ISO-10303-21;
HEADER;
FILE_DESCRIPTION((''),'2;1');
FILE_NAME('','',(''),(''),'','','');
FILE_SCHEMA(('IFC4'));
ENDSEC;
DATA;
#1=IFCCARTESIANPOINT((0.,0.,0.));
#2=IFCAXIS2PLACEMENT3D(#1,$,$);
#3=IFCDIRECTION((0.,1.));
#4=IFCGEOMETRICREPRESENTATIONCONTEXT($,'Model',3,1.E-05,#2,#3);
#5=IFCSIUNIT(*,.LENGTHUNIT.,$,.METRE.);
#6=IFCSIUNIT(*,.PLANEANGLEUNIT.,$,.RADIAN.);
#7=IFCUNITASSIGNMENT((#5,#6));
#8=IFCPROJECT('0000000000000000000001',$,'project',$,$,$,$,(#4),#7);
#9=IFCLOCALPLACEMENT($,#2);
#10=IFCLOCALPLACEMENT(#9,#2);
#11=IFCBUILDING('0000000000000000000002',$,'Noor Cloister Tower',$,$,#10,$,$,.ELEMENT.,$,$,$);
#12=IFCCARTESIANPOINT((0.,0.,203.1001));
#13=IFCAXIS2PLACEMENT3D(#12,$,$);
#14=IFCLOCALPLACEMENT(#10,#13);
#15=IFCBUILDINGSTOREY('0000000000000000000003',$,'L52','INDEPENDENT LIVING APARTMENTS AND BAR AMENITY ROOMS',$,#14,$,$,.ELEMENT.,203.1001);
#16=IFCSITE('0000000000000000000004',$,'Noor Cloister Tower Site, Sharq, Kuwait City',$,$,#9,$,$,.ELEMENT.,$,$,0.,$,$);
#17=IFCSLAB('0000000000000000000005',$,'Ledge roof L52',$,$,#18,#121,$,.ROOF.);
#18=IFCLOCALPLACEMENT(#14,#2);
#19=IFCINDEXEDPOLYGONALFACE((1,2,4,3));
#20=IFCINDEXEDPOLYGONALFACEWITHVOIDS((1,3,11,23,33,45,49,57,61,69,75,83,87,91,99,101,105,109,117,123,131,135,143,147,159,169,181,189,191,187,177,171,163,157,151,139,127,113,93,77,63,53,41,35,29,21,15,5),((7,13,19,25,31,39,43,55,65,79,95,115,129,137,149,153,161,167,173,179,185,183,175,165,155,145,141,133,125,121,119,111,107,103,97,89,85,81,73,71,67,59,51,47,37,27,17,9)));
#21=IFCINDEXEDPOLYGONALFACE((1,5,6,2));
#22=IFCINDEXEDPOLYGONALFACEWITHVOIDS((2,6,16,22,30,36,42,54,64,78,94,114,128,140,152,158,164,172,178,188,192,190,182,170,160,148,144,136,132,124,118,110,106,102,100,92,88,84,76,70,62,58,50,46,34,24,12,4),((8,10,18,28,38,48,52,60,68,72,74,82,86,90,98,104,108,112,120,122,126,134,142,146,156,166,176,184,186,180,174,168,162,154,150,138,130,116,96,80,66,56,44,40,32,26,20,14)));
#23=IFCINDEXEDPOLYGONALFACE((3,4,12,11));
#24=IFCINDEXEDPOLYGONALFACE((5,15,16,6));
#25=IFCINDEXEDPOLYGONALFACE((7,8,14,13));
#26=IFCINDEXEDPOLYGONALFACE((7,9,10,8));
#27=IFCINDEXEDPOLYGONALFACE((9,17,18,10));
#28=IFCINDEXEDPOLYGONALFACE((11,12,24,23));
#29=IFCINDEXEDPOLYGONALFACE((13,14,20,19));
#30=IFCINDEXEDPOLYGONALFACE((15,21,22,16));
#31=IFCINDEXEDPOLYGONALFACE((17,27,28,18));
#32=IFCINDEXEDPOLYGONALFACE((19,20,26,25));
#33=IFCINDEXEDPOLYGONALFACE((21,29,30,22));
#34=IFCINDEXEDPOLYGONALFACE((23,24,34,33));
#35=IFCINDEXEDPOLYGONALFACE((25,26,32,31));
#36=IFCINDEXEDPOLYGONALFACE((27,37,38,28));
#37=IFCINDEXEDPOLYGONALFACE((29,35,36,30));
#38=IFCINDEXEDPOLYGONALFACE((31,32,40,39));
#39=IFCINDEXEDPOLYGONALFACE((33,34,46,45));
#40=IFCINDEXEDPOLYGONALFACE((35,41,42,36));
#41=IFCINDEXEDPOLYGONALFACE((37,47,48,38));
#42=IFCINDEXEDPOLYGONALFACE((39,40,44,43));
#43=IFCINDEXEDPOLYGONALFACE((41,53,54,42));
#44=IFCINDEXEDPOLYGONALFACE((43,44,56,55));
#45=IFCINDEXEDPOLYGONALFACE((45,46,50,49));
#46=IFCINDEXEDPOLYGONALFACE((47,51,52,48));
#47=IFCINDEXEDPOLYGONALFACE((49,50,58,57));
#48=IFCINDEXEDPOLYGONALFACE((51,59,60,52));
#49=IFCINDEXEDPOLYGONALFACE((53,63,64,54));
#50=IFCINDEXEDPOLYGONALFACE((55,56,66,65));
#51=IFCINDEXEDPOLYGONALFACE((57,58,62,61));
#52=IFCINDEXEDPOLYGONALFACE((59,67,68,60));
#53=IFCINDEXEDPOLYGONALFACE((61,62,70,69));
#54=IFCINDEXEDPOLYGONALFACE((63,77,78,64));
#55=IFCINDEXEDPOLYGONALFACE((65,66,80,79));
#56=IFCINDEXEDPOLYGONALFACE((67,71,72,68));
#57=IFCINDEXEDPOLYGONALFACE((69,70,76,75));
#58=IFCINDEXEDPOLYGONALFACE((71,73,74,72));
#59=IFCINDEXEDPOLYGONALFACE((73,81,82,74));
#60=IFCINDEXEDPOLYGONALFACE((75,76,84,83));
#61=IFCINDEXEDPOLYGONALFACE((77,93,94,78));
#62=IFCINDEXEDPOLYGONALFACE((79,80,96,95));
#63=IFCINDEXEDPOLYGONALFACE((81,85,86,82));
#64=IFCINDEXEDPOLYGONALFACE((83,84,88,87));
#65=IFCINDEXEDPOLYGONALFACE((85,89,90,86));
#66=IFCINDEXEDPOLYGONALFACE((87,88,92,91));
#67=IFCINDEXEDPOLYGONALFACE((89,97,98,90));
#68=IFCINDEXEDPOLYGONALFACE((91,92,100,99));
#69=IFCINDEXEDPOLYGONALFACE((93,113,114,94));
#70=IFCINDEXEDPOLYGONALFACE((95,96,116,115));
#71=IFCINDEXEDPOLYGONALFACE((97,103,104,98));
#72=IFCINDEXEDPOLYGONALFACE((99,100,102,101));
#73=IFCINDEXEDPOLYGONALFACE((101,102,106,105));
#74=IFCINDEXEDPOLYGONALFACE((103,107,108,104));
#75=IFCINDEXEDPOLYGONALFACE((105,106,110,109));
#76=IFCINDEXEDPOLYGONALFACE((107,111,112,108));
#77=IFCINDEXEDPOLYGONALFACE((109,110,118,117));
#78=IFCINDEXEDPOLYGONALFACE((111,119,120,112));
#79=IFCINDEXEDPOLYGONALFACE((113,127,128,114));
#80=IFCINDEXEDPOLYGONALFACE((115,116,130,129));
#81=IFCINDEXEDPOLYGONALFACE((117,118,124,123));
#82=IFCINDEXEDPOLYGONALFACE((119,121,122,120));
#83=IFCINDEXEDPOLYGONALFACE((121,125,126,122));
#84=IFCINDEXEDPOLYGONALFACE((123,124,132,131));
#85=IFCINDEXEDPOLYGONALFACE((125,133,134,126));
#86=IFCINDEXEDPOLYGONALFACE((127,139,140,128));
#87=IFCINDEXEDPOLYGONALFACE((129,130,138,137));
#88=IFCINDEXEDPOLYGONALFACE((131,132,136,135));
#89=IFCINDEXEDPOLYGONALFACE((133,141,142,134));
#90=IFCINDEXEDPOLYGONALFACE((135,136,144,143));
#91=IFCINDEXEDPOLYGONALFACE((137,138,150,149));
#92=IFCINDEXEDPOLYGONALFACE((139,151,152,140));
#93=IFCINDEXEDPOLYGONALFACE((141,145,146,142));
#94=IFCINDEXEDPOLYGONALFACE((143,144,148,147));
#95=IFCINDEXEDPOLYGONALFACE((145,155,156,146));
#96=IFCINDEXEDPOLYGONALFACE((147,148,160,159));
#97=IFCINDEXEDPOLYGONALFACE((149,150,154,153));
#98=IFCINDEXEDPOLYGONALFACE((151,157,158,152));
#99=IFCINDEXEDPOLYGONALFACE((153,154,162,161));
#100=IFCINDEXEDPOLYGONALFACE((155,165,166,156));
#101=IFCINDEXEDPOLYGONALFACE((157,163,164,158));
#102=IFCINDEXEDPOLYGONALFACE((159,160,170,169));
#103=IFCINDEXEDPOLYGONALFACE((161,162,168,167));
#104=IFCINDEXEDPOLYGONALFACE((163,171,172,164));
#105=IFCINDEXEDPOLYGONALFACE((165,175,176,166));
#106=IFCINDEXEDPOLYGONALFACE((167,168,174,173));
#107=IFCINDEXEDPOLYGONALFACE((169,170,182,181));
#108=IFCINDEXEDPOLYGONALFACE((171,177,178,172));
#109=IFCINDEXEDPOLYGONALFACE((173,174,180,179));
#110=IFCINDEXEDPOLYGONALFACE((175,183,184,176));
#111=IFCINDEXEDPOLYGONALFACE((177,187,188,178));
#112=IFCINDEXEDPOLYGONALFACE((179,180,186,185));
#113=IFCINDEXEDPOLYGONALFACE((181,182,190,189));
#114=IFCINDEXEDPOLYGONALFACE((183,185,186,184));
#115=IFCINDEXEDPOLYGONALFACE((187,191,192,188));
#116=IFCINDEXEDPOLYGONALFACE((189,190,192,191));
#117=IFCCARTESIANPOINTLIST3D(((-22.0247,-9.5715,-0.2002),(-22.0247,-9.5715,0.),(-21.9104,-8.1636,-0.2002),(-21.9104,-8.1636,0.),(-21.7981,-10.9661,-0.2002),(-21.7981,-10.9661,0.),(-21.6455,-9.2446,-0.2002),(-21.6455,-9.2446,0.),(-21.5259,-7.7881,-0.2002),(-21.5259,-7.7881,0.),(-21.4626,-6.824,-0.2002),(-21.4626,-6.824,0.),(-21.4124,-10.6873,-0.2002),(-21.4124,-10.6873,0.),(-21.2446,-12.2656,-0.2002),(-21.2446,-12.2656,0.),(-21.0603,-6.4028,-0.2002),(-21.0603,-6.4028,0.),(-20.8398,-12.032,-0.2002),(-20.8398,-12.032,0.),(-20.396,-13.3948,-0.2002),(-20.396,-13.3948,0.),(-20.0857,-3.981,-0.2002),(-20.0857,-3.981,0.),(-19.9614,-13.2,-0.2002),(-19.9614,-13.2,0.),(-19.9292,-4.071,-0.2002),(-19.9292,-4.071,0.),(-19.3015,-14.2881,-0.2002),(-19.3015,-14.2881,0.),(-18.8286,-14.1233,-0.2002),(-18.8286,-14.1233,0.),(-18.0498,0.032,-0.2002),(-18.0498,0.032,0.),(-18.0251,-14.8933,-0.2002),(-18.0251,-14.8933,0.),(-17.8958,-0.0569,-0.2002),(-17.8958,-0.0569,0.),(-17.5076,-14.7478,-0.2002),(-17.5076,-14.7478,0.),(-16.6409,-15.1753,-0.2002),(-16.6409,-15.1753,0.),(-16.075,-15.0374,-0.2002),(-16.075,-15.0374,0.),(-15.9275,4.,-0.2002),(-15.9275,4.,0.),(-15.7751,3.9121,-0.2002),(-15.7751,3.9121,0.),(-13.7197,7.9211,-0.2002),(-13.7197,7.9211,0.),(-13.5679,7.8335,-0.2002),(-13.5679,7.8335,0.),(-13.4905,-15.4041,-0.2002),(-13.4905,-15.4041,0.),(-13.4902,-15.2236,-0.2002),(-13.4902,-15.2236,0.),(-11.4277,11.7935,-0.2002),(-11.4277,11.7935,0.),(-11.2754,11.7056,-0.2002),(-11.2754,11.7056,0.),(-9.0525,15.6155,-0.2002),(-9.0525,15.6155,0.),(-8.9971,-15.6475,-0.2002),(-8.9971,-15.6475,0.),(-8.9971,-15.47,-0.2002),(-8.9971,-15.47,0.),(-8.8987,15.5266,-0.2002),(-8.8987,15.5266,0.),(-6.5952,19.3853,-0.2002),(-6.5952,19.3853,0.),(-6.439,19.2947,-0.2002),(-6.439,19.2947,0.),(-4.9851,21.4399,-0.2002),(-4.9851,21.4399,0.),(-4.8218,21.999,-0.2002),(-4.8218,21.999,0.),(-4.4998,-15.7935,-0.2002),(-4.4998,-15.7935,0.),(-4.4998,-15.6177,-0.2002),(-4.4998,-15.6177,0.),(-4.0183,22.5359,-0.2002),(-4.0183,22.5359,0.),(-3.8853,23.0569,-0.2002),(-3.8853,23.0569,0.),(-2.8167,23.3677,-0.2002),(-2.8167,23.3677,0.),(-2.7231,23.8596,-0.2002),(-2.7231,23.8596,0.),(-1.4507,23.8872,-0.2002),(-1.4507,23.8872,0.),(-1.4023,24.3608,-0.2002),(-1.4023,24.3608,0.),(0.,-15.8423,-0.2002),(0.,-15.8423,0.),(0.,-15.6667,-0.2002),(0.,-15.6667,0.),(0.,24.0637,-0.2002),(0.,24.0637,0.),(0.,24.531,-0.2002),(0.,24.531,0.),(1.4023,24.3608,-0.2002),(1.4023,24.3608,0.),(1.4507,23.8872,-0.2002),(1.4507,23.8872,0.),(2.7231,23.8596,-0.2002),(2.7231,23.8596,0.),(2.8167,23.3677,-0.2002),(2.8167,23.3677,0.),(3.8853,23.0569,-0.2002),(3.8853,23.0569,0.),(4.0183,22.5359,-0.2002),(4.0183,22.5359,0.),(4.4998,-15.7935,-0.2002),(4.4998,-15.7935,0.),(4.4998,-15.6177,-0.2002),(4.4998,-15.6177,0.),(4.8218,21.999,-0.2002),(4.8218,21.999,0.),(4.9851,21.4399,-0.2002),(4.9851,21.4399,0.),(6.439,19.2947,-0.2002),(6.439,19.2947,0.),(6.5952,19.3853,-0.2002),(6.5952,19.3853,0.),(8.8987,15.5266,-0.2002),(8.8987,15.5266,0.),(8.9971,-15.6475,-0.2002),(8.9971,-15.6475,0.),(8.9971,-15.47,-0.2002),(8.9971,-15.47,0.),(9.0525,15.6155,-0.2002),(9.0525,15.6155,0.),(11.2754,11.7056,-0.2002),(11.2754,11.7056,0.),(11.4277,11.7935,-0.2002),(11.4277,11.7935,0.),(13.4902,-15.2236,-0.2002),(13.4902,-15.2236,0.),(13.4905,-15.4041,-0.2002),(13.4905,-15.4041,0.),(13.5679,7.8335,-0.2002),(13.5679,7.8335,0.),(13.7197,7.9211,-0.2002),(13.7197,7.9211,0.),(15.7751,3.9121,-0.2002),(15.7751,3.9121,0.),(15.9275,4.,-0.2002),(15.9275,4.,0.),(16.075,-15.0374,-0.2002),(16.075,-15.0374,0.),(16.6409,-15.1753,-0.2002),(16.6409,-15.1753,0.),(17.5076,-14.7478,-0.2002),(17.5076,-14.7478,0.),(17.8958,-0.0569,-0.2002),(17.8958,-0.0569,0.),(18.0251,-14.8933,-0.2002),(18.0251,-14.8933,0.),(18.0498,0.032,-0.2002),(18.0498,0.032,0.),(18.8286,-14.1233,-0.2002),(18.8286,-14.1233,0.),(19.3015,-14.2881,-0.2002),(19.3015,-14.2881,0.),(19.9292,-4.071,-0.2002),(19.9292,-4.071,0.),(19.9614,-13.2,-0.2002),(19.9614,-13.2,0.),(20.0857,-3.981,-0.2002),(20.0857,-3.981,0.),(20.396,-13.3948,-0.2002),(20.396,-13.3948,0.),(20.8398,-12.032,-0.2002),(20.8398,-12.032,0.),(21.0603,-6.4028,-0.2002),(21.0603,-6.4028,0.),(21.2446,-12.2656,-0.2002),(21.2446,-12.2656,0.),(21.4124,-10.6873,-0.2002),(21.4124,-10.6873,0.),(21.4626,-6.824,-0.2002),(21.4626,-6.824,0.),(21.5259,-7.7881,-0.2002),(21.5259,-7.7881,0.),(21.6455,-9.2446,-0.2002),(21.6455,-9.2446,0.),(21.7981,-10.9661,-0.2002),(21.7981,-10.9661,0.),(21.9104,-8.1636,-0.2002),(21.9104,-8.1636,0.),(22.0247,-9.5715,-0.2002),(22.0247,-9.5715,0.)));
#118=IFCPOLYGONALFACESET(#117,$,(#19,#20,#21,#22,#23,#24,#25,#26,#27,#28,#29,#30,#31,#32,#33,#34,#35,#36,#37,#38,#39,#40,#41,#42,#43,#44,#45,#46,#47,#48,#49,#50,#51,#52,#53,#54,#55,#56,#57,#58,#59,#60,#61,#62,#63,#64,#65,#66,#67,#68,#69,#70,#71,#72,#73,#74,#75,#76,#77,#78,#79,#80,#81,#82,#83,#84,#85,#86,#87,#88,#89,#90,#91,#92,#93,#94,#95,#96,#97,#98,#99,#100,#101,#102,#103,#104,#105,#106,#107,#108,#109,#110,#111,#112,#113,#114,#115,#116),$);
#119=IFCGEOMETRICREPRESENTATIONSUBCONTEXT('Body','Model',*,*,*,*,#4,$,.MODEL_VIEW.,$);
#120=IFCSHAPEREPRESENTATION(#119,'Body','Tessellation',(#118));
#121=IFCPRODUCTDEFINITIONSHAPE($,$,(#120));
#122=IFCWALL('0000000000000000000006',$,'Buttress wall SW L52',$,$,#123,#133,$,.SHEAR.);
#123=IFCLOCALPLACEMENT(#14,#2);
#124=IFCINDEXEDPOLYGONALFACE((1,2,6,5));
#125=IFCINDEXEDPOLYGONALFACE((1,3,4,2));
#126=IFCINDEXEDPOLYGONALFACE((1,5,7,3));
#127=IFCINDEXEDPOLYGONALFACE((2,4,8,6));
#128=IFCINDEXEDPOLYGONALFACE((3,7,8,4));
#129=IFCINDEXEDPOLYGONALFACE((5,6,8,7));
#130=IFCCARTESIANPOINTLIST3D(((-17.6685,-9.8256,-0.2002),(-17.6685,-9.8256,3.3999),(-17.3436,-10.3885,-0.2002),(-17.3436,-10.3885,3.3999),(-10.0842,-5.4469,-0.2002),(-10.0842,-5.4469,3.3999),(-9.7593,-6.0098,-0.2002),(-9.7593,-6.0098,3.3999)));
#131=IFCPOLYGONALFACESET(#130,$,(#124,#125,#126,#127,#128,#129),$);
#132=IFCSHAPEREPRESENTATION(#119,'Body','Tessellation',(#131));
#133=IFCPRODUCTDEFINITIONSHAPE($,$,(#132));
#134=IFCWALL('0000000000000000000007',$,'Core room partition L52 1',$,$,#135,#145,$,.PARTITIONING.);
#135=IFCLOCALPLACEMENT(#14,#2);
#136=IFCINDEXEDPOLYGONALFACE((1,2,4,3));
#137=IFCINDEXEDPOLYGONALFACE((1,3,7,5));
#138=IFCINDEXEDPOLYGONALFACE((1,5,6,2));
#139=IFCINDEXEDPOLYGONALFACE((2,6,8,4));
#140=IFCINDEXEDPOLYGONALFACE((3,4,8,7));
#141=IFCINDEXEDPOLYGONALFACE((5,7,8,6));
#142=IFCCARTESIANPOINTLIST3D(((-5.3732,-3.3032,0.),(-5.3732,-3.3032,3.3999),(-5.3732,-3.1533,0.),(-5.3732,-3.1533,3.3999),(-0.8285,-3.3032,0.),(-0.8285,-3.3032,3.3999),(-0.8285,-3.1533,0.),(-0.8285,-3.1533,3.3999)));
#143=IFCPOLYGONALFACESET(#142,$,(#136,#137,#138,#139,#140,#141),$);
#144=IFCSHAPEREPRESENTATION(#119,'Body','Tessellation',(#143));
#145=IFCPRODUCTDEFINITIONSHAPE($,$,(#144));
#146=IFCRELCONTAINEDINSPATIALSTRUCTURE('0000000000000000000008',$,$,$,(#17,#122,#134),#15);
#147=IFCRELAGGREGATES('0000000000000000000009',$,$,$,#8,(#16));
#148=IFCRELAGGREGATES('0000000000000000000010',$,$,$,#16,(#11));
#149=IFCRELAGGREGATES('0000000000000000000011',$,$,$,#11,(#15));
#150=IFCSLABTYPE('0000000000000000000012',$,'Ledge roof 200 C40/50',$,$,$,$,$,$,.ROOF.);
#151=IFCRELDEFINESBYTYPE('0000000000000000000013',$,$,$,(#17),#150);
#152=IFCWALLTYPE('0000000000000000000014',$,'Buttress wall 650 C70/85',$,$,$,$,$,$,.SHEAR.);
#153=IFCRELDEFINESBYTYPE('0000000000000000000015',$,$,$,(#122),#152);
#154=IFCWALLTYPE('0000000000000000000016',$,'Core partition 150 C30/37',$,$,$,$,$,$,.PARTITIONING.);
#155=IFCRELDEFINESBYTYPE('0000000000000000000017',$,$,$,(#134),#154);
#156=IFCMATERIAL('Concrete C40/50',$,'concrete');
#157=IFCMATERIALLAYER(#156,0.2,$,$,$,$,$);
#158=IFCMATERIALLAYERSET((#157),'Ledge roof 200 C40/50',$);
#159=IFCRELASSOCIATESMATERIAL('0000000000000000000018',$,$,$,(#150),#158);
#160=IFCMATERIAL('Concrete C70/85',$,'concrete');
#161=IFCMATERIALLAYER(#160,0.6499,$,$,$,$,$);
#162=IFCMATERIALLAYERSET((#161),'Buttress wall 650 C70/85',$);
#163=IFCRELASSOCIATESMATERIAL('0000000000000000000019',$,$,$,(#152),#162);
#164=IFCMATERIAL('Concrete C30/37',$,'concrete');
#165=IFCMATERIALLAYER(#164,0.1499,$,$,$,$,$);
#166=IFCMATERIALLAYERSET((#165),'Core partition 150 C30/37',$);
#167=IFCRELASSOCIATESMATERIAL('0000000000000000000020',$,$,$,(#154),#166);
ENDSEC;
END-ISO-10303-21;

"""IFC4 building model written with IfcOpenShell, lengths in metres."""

from ifc_helpers import new_model, si_unit, direction, frame, frame_2d, origin, place, context, subcontext, project, spatial, polyline, rectangle, outline, extrude, material, layer, layer_set, type_object, element, save


model = new_model("IFC4")

# Units and contexts
model_context = context("Model", 3, precision=1e-05, world=origin(), true_north=direction((0.0, 1.0)))
body_context = subcontext(model_context, "Body", "Model", "MODEL_VIEW")
ifc_project = project(units=[si_unit("LENGTHUNIT", "METRE"), si_unit("PLANEANGLEUNIT", "RADIAN")], contexts=[model_context])

# Site, building, storey
site_placement = place(None, origin())
site = spatial("IfcSite", under=ifc_project, at=site_placement, Name="Noor Cloister Tower Site, Sharq, Kuwait City", CompositionType="ELEMENT", RefElevation=0.0)
building_placement = place(site_placement, origin())
building = spatial("IfcBuilding", under=site, at=building_placement, Name="Noor Cloister Tower", CompositionType="ELEMENT")
storey_placement = place(building_placement, frame((0.0, 0.0, 203.1001)))
storey = spatial("IfcBuildingStorey", under=building, at=storey_placement, Name="L52", Description="INDEPENDENT LIVING APARTMENTS AND BAR AMENITY ROOMS", CompositionType="ELEMENT", Elevation=203.1001)

# Slab
ifc_material_1 = material(Name="Concrete C40/50", Category="concrete")
ifc_layer_1 = layer(ifc_material_1, 0.2)
ifc_layer_set_1 = layer_set([ifc_layer_1], Name="Ledge roof 200 C40/50")
slab_type_1 = type_object("IfcSlabType", Name="Ledge roof 200 C40/50", PredefinedType="ROOF", material=ifc_layer_set_1)
slab_1_placement = place(storey_placement, frame((0.0, 0.0, -0.2002)))
element("IfcSlab", 1, at=slab_1_placement, inside=storey, type_object=slab_type_1, Name="Ledge roof L52", PredefinedType="ROOF", context=body_context, shape_type="SweptSolid", body=[
    extrude(outline(polyline([(6.5952, 19.3853), (4.8218, 21.999), (3.8853, 23.0569), (2.7231, 23.8596), (1.4023, 24.3608), (0.0, 24.531), (-1.4023, 24.3608), (-2.7231, 23.8596), (-3.8853, 23.0569), (-4.8218, 21.999), (-6.5952, 19.3853), (-9.0525, 15.6155), (-11.4277, 11.7935), (-13.7197, 7.9211), (-15.9275, 4.0), (-18.0498, 0.032), (-20.0857, -3.981), (-21.4626, -6.824), (-21.9104, -8.1636), (-22.0247, -9.5715), (-21.7981, -10.9661), (-21.2446, -12.2656), (-20.396, -13.3948), (-19.3015, -14.2881), (-18.0251, -14.8933), (-16.6409, -15.1753), (-13.4905, -15.4041), (-8.9971, -15.6475), (-4.4998, -15.7935), (0.0, -15.8423), (4.4998, -15.7935), (8.9971, -15.6475), (13.4905, -15.4041), (16.6409, -15.1753), (18.0251, -14.8933), (19.3015, -14.2881), (20.396, -13.3948), (21.2446, -12.2656), (21.7981, -10.9661), (22.0247, -9.5715), (21.9104, -8.1636), (21.4626, -6.824), (20.0857, -3.981), (18.0498, 0.032), (15.9275, 4.0), (13.7197, 7.9211), (11.4277, 11.7935), (9.0525, 15.6155), (6.5952, 19.3853)]), holes=[polyline([(2.8167, 23.3677), (1.4507, 23.8872), (0.0, 24.0637), (-1.4507, 23.8872), (-2.8167, 23.3677), (-4.0183, 22.5359), (-4.9851, 21.4399), (-6.439, 19.2947), (-8.8987, 15.5266), (-11.2754, 11.7056), (-13.5679, 7.8335), (-15.7751, 3.9121), (-17.8958, -0.0569), (-19.9292, -4.071), (-21.0603, -6.4028), (-21.5259, -7.7881), (-21.6455, -9.2446), (-21.4124, -10.6873), (-20.8398, -12.032), (-19.9614, -13.2), (-18.8286, -14.1233), (-17.5076, -14.7478), (-16.075, -15.0374), (-13.4902, -15.2236), (-8.9971, -15.47), (-4.4998, -15.6177), (0.0, -15.6667), (4.4998, -15.6177), (8.9971, -15.47), (13.4902, -15.2236), (16.075, -15.0374), (17.5076, -14.7478), (18.8286, -14.1233), (19.9614, -13.2), (20.8398, -12.032), (21.4124, -10.6873), (21.6455, -9.2446), (21.5259, -7.7881), (21.0603, -6.4028), (19.9292, -4.071), (17.8958, -0.0569), (15.7751, 3.9121), (13.5679, 7.8335), (11.2754, 11.7056), (8.8987, 15.5266), (6.439, 19.2947), (4.9851, 21.4399), (4.0183, 22.5359), (2.8167, 23.3677)])]), origin(), (0.0, 0.0, 1.0), 0.2002),
])

# Walls
ifc_material_2 = material(Name="Concrete C70/85", Category="concrete")
ifc_layer_2 = layer(ifc_material_2, 0.6499)
ifc_layer_set_2 = layer_set([ifc_layer_2], Name="Buttress wall 650 C70/85")
wall_type_1 = type_object("IfcWallType", Name="Buttress wall 650 C70/85", PredefinedType="SHEAR", material=ifc_layer_set_2)
wall_1_placement = place(storey_placement, frame((-9.9216, -5.7283, -0.2002), z_axis=(0.0, 0.0, 1.0), x_axis=(-0.86603, -0.499992, 0.0)))
element("IfcWall", 2, at=wall_1_placement, inside=storey, type_object=wall_type_1, Name="Buttress wall SW L52", PredefinedType="SHEAR", context=body_context, shape_type="SweptSolid", body=[
    extrude(rectangle(XDim=8.7576, YDim=0.6499, at=frame_2d((4.3789, 0.0))), origin(), (0.0, 0.0, 1.0), 3.6001),
])
ifc_material_3 = material(Name="Concrete C30/37", Category="concrete")
ifc_layer_3 = layer(ifc_material_3, 0.1499)
ifc_layer_set_3 = layer_set([ifc_layer_3], Name="Core partition 150 C30/37")
wall_type_2 = type_object("IfcWallType", Name="Core partition 150 C30/37", PredefinedType="PARTITIONING", material=ifc_layer_set_3)
wall_2_placement = place(storey_placement, frame((-5.3733, -3.2283, 0.0), z_axis=(0.0, 0.0, 1.0), x_axis=(1.0, 0.0, 0.0)))
element("IfcWall", 3, at=wall_2_placement, inside=storey, type_object=wall_type_2, Name="Core room partition L52 1", PredefinedType="PARTITIONING", context=body_context, shape_type="SweptSolid", body=[
    extrude(rectangle(XDim=4.5447, YDim=0.1499, at=frame_2d((2.2725, 0.0))), origin(), (0.0, 0.0, 1.0), 3.3999),
])

save(model, "model.ifc")
